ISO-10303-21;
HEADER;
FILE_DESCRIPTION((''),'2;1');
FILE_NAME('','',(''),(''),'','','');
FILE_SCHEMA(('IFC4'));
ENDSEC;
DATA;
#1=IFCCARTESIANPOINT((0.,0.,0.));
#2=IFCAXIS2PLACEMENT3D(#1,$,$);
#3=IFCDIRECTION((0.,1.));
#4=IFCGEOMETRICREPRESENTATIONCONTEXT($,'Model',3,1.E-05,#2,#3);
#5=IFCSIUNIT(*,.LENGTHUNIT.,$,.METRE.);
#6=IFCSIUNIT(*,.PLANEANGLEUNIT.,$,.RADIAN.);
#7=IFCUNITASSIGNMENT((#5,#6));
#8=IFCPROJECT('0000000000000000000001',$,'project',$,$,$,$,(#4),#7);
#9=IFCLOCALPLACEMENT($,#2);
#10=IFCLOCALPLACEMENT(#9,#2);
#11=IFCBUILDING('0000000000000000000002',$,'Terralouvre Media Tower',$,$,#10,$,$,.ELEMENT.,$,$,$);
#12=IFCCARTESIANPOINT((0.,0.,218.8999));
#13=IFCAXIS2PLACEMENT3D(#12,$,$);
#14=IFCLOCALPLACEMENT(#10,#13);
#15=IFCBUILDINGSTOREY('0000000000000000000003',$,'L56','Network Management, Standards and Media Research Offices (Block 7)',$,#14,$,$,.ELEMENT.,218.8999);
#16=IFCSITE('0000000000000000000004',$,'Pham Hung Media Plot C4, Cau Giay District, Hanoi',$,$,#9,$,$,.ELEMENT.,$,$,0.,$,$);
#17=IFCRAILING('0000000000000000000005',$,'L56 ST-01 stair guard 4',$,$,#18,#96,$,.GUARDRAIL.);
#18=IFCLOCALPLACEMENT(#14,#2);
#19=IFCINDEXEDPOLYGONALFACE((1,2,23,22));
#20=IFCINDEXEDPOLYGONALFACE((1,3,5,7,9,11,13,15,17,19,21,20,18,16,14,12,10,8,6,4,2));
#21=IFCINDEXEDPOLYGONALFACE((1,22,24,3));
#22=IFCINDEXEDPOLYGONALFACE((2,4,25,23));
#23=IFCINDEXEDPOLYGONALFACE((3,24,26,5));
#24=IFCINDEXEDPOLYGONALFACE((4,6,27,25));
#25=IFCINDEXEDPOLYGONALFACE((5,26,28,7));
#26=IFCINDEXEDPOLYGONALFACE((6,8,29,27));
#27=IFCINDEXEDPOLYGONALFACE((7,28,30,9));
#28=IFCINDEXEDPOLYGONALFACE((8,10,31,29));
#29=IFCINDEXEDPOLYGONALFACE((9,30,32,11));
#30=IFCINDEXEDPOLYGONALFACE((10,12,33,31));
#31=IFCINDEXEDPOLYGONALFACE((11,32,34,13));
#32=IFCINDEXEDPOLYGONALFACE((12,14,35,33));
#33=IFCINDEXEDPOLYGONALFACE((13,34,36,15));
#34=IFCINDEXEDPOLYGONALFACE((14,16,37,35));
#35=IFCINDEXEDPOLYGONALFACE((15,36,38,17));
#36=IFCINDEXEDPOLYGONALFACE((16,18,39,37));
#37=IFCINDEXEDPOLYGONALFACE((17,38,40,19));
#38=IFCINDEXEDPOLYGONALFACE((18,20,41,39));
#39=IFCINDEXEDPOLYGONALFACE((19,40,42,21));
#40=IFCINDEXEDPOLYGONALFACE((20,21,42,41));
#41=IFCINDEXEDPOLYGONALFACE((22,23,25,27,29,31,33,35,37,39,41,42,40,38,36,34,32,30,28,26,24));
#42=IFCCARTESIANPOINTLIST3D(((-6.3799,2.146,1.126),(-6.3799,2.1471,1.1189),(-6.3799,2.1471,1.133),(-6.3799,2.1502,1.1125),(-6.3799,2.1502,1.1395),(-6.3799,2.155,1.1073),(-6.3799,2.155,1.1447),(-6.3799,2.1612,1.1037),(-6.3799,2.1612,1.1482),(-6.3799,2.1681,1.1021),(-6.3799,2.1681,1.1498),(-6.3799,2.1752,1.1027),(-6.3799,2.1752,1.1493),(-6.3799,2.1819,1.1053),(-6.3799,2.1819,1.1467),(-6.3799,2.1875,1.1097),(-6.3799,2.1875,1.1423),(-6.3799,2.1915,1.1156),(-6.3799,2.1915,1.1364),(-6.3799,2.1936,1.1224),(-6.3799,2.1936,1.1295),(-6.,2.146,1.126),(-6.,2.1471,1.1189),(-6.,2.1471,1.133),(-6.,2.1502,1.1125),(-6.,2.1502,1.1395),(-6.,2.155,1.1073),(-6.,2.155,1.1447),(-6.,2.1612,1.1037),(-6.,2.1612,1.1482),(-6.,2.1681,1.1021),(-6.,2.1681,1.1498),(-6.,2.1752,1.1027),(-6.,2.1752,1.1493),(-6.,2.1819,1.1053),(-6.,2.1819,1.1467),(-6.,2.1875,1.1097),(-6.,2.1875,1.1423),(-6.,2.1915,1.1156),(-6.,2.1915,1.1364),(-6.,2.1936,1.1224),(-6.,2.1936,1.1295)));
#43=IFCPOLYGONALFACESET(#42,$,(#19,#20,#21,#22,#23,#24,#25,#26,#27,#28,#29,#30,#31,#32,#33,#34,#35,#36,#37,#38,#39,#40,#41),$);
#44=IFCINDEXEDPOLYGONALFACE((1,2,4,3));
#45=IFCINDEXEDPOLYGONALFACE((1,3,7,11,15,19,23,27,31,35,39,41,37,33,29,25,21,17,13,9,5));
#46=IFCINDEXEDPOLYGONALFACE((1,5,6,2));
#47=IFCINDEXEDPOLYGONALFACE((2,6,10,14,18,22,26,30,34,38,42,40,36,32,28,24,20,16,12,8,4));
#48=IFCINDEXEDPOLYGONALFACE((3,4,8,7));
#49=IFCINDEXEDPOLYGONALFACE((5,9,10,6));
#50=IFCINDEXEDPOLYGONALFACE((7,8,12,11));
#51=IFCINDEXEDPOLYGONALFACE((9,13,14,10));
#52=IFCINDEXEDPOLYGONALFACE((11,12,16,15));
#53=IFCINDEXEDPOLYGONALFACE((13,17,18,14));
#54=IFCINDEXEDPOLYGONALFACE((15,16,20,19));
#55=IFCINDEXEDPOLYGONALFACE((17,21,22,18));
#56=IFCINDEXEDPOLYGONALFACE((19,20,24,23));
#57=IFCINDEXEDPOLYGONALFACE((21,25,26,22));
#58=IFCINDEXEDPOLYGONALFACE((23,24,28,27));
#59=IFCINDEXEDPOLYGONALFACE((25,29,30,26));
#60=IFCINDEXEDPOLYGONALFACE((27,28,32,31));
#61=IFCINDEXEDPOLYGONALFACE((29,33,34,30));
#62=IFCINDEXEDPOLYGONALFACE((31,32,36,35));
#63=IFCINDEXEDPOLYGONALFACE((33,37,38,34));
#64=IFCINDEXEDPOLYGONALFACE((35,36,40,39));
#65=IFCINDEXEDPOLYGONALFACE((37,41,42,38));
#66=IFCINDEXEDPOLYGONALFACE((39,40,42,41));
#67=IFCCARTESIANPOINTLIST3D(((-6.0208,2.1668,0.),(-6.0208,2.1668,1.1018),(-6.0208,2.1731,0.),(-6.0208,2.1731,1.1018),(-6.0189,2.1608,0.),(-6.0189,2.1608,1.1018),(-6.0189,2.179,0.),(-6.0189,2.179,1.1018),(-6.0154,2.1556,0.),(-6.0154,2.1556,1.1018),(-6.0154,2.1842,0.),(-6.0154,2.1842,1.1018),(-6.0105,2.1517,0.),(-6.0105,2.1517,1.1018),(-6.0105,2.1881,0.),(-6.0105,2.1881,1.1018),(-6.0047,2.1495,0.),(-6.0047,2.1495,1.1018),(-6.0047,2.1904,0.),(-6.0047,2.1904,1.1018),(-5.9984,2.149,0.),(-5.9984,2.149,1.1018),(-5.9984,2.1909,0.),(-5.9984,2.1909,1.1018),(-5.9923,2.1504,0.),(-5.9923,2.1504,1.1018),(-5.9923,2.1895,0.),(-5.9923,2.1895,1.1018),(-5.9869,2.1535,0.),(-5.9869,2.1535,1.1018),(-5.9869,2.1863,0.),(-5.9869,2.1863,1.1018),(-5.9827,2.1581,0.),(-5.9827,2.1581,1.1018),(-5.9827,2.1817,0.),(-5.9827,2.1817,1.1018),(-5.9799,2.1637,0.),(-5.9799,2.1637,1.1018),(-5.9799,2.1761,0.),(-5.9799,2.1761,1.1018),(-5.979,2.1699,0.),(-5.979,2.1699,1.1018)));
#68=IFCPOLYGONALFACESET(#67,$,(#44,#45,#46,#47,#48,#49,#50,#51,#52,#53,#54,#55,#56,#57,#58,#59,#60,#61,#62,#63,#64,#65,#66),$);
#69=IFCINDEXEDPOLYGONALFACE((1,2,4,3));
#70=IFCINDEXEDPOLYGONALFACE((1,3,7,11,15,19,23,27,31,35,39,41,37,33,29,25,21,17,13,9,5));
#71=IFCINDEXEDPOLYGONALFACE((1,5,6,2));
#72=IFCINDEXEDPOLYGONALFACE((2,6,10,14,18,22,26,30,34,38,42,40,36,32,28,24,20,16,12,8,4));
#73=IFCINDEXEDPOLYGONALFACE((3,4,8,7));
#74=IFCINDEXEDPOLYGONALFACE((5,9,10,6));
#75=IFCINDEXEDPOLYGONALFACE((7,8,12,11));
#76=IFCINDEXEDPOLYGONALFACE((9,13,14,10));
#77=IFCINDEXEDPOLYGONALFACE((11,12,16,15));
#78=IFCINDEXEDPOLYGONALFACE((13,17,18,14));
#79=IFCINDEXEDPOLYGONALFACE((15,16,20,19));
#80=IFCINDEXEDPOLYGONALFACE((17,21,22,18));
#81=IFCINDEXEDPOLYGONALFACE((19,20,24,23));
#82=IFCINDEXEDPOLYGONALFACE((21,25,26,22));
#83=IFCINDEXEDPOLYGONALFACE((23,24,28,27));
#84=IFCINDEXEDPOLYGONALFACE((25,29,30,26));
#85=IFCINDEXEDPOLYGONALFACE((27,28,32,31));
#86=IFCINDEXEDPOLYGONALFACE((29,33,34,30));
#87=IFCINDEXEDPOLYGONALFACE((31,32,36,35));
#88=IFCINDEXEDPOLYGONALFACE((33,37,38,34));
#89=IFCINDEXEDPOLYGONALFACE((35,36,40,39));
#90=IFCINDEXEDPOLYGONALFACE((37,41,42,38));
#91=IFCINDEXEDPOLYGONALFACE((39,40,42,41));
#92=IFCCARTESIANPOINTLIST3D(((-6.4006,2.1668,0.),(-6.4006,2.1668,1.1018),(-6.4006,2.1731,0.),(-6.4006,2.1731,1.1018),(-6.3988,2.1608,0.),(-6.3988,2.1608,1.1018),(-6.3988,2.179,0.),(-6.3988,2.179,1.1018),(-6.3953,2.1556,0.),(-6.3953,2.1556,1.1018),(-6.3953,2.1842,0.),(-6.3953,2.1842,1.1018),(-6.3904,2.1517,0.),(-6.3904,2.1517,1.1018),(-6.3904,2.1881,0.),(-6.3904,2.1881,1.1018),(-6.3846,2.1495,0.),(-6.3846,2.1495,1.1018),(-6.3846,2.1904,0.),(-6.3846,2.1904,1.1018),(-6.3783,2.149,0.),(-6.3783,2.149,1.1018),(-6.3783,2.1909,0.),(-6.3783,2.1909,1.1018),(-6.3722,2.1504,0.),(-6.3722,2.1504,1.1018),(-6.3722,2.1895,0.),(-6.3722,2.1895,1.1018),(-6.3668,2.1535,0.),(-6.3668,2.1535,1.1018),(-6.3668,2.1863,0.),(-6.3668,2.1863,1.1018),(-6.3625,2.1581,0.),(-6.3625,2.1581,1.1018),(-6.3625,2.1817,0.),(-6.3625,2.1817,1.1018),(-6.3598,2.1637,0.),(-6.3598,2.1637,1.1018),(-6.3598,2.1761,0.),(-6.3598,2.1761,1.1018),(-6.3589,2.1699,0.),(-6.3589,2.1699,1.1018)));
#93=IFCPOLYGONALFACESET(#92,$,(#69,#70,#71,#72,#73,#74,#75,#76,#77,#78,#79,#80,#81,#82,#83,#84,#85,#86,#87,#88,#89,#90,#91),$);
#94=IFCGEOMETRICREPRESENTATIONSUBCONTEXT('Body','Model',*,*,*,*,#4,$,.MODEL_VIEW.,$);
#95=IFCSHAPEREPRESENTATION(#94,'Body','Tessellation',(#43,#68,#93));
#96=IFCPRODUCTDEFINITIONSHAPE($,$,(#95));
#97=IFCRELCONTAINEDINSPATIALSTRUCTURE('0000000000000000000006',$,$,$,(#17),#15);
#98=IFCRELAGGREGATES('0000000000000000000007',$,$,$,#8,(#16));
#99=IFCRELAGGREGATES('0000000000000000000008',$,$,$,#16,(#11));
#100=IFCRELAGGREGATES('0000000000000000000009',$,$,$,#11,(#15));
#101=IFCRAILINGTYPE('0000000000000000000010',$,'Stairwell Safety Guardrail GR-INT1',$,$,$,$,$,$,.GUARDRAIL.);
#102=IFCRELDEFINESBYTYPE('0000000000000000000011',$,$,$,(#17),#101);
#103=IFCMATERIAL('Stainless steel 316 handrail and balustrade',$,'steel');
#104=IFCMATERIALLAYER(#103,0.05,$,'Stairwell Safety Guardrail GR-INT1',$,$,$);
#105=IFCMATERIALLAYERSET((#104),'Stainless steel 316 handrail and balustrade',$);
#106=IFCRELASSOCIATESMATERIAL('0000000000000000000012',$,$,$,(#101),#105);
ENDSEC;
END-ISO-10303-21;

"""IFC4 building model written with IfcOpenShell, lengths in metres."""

from ifc_helpers import new_model, si_unit, direction, frame, origin, origin_2d, place, context, subcontext, project, spatial, circle, extrude, material, layer, layer_set, type_object, element, save


model = new_model("IFC4")

# Units and contexts
model_context = context("Model", 3, precision=1e-05, world=origin(), true_north=direction((0.0, 1.0)))
body_context = subcontext(model_context, "Body", "Model", "MODEL_VIEW")
ifc_project = project(units=[si_unit("LENGTHUNIT", "METRE"), si_unit("PLANEANGLEUNIT", "RADIAN")], contexts=[model_context])

# Site, building, storey
site_placement = place(None, origin())
site = spatial("IfcSite", under=ifc_project, at=site_placement, Name="Pham Hung Media Plot C4, Cau Giay District, Hanoi", CompositionType="ELEMENT", RefElevation=0.0)
building_placement = place(site_placement, origin())
building = spatial("IfcBuilding", under=site, at=building_placement, Name="Terralouvre Media Tower", CompositionType="ELEMENT")
storey_placement = place(building_placement, frame((0.0, 0.0, 218.8999)))
storey = spatial("IfcBuildingStorey", under=building, at=storey_placement, Name="L56", Description="Network Management, Standards and Media Research Offices (Block 7)", CompositionType="ELEMENT", Elevation=218.8999)

# Railing
ifc_material_1 = material(Name="Stainless steel 316 handrail and balustrade", Category="steel")
ifc_layer_1 = layer(ifc_material_1, 0.05, Name="Stairwell Safety Guardrail GR-INT1")
ifc_layer_set_1 = layer_set([ifc_layer_1], Name="Stainless steel 316 handrail and balustrade")
railing_type_1 = type_object("IfcRailingType", Name="Stairwell Safety Guardrail GR-INT1", PredefinedType="GUARDRAIL", material=ifc_layer_set_1)
railing_1_placement = place(storey_placement, frame((-6.0, 2.1699, 0.0)))
element("IfcRailing", 1, at=railing_1_placement, inside=storey, type_object=railing_type_1, Name="L56 ST-01 stair guard 4", PredefinedType="GUARDRAIL", context=body_context, shape_type="SweptSolid", body=[
    extrude(circle(Radius=0.0239, at=origin_2d()), frame((0.0, 0.0, 1.126), z_axis=(-1.0, 0.0, 0.0), x_axis=(0.0, -1.0, 0.0)), (0.0, 0.0, 1.0), 0.3799),
    extrude(circle(Radius=0.021, at=origin_2d()), origin(), (0.0, 0.0, 1.0), 1.1018),
    extrude(circle(Radius=0.021, at=origin_2d()), frame((-0.3799, 0.0, 0.0)), (0.0, 0.0, 1.0), 1.1018),
])

save(model, "model.ifc")
